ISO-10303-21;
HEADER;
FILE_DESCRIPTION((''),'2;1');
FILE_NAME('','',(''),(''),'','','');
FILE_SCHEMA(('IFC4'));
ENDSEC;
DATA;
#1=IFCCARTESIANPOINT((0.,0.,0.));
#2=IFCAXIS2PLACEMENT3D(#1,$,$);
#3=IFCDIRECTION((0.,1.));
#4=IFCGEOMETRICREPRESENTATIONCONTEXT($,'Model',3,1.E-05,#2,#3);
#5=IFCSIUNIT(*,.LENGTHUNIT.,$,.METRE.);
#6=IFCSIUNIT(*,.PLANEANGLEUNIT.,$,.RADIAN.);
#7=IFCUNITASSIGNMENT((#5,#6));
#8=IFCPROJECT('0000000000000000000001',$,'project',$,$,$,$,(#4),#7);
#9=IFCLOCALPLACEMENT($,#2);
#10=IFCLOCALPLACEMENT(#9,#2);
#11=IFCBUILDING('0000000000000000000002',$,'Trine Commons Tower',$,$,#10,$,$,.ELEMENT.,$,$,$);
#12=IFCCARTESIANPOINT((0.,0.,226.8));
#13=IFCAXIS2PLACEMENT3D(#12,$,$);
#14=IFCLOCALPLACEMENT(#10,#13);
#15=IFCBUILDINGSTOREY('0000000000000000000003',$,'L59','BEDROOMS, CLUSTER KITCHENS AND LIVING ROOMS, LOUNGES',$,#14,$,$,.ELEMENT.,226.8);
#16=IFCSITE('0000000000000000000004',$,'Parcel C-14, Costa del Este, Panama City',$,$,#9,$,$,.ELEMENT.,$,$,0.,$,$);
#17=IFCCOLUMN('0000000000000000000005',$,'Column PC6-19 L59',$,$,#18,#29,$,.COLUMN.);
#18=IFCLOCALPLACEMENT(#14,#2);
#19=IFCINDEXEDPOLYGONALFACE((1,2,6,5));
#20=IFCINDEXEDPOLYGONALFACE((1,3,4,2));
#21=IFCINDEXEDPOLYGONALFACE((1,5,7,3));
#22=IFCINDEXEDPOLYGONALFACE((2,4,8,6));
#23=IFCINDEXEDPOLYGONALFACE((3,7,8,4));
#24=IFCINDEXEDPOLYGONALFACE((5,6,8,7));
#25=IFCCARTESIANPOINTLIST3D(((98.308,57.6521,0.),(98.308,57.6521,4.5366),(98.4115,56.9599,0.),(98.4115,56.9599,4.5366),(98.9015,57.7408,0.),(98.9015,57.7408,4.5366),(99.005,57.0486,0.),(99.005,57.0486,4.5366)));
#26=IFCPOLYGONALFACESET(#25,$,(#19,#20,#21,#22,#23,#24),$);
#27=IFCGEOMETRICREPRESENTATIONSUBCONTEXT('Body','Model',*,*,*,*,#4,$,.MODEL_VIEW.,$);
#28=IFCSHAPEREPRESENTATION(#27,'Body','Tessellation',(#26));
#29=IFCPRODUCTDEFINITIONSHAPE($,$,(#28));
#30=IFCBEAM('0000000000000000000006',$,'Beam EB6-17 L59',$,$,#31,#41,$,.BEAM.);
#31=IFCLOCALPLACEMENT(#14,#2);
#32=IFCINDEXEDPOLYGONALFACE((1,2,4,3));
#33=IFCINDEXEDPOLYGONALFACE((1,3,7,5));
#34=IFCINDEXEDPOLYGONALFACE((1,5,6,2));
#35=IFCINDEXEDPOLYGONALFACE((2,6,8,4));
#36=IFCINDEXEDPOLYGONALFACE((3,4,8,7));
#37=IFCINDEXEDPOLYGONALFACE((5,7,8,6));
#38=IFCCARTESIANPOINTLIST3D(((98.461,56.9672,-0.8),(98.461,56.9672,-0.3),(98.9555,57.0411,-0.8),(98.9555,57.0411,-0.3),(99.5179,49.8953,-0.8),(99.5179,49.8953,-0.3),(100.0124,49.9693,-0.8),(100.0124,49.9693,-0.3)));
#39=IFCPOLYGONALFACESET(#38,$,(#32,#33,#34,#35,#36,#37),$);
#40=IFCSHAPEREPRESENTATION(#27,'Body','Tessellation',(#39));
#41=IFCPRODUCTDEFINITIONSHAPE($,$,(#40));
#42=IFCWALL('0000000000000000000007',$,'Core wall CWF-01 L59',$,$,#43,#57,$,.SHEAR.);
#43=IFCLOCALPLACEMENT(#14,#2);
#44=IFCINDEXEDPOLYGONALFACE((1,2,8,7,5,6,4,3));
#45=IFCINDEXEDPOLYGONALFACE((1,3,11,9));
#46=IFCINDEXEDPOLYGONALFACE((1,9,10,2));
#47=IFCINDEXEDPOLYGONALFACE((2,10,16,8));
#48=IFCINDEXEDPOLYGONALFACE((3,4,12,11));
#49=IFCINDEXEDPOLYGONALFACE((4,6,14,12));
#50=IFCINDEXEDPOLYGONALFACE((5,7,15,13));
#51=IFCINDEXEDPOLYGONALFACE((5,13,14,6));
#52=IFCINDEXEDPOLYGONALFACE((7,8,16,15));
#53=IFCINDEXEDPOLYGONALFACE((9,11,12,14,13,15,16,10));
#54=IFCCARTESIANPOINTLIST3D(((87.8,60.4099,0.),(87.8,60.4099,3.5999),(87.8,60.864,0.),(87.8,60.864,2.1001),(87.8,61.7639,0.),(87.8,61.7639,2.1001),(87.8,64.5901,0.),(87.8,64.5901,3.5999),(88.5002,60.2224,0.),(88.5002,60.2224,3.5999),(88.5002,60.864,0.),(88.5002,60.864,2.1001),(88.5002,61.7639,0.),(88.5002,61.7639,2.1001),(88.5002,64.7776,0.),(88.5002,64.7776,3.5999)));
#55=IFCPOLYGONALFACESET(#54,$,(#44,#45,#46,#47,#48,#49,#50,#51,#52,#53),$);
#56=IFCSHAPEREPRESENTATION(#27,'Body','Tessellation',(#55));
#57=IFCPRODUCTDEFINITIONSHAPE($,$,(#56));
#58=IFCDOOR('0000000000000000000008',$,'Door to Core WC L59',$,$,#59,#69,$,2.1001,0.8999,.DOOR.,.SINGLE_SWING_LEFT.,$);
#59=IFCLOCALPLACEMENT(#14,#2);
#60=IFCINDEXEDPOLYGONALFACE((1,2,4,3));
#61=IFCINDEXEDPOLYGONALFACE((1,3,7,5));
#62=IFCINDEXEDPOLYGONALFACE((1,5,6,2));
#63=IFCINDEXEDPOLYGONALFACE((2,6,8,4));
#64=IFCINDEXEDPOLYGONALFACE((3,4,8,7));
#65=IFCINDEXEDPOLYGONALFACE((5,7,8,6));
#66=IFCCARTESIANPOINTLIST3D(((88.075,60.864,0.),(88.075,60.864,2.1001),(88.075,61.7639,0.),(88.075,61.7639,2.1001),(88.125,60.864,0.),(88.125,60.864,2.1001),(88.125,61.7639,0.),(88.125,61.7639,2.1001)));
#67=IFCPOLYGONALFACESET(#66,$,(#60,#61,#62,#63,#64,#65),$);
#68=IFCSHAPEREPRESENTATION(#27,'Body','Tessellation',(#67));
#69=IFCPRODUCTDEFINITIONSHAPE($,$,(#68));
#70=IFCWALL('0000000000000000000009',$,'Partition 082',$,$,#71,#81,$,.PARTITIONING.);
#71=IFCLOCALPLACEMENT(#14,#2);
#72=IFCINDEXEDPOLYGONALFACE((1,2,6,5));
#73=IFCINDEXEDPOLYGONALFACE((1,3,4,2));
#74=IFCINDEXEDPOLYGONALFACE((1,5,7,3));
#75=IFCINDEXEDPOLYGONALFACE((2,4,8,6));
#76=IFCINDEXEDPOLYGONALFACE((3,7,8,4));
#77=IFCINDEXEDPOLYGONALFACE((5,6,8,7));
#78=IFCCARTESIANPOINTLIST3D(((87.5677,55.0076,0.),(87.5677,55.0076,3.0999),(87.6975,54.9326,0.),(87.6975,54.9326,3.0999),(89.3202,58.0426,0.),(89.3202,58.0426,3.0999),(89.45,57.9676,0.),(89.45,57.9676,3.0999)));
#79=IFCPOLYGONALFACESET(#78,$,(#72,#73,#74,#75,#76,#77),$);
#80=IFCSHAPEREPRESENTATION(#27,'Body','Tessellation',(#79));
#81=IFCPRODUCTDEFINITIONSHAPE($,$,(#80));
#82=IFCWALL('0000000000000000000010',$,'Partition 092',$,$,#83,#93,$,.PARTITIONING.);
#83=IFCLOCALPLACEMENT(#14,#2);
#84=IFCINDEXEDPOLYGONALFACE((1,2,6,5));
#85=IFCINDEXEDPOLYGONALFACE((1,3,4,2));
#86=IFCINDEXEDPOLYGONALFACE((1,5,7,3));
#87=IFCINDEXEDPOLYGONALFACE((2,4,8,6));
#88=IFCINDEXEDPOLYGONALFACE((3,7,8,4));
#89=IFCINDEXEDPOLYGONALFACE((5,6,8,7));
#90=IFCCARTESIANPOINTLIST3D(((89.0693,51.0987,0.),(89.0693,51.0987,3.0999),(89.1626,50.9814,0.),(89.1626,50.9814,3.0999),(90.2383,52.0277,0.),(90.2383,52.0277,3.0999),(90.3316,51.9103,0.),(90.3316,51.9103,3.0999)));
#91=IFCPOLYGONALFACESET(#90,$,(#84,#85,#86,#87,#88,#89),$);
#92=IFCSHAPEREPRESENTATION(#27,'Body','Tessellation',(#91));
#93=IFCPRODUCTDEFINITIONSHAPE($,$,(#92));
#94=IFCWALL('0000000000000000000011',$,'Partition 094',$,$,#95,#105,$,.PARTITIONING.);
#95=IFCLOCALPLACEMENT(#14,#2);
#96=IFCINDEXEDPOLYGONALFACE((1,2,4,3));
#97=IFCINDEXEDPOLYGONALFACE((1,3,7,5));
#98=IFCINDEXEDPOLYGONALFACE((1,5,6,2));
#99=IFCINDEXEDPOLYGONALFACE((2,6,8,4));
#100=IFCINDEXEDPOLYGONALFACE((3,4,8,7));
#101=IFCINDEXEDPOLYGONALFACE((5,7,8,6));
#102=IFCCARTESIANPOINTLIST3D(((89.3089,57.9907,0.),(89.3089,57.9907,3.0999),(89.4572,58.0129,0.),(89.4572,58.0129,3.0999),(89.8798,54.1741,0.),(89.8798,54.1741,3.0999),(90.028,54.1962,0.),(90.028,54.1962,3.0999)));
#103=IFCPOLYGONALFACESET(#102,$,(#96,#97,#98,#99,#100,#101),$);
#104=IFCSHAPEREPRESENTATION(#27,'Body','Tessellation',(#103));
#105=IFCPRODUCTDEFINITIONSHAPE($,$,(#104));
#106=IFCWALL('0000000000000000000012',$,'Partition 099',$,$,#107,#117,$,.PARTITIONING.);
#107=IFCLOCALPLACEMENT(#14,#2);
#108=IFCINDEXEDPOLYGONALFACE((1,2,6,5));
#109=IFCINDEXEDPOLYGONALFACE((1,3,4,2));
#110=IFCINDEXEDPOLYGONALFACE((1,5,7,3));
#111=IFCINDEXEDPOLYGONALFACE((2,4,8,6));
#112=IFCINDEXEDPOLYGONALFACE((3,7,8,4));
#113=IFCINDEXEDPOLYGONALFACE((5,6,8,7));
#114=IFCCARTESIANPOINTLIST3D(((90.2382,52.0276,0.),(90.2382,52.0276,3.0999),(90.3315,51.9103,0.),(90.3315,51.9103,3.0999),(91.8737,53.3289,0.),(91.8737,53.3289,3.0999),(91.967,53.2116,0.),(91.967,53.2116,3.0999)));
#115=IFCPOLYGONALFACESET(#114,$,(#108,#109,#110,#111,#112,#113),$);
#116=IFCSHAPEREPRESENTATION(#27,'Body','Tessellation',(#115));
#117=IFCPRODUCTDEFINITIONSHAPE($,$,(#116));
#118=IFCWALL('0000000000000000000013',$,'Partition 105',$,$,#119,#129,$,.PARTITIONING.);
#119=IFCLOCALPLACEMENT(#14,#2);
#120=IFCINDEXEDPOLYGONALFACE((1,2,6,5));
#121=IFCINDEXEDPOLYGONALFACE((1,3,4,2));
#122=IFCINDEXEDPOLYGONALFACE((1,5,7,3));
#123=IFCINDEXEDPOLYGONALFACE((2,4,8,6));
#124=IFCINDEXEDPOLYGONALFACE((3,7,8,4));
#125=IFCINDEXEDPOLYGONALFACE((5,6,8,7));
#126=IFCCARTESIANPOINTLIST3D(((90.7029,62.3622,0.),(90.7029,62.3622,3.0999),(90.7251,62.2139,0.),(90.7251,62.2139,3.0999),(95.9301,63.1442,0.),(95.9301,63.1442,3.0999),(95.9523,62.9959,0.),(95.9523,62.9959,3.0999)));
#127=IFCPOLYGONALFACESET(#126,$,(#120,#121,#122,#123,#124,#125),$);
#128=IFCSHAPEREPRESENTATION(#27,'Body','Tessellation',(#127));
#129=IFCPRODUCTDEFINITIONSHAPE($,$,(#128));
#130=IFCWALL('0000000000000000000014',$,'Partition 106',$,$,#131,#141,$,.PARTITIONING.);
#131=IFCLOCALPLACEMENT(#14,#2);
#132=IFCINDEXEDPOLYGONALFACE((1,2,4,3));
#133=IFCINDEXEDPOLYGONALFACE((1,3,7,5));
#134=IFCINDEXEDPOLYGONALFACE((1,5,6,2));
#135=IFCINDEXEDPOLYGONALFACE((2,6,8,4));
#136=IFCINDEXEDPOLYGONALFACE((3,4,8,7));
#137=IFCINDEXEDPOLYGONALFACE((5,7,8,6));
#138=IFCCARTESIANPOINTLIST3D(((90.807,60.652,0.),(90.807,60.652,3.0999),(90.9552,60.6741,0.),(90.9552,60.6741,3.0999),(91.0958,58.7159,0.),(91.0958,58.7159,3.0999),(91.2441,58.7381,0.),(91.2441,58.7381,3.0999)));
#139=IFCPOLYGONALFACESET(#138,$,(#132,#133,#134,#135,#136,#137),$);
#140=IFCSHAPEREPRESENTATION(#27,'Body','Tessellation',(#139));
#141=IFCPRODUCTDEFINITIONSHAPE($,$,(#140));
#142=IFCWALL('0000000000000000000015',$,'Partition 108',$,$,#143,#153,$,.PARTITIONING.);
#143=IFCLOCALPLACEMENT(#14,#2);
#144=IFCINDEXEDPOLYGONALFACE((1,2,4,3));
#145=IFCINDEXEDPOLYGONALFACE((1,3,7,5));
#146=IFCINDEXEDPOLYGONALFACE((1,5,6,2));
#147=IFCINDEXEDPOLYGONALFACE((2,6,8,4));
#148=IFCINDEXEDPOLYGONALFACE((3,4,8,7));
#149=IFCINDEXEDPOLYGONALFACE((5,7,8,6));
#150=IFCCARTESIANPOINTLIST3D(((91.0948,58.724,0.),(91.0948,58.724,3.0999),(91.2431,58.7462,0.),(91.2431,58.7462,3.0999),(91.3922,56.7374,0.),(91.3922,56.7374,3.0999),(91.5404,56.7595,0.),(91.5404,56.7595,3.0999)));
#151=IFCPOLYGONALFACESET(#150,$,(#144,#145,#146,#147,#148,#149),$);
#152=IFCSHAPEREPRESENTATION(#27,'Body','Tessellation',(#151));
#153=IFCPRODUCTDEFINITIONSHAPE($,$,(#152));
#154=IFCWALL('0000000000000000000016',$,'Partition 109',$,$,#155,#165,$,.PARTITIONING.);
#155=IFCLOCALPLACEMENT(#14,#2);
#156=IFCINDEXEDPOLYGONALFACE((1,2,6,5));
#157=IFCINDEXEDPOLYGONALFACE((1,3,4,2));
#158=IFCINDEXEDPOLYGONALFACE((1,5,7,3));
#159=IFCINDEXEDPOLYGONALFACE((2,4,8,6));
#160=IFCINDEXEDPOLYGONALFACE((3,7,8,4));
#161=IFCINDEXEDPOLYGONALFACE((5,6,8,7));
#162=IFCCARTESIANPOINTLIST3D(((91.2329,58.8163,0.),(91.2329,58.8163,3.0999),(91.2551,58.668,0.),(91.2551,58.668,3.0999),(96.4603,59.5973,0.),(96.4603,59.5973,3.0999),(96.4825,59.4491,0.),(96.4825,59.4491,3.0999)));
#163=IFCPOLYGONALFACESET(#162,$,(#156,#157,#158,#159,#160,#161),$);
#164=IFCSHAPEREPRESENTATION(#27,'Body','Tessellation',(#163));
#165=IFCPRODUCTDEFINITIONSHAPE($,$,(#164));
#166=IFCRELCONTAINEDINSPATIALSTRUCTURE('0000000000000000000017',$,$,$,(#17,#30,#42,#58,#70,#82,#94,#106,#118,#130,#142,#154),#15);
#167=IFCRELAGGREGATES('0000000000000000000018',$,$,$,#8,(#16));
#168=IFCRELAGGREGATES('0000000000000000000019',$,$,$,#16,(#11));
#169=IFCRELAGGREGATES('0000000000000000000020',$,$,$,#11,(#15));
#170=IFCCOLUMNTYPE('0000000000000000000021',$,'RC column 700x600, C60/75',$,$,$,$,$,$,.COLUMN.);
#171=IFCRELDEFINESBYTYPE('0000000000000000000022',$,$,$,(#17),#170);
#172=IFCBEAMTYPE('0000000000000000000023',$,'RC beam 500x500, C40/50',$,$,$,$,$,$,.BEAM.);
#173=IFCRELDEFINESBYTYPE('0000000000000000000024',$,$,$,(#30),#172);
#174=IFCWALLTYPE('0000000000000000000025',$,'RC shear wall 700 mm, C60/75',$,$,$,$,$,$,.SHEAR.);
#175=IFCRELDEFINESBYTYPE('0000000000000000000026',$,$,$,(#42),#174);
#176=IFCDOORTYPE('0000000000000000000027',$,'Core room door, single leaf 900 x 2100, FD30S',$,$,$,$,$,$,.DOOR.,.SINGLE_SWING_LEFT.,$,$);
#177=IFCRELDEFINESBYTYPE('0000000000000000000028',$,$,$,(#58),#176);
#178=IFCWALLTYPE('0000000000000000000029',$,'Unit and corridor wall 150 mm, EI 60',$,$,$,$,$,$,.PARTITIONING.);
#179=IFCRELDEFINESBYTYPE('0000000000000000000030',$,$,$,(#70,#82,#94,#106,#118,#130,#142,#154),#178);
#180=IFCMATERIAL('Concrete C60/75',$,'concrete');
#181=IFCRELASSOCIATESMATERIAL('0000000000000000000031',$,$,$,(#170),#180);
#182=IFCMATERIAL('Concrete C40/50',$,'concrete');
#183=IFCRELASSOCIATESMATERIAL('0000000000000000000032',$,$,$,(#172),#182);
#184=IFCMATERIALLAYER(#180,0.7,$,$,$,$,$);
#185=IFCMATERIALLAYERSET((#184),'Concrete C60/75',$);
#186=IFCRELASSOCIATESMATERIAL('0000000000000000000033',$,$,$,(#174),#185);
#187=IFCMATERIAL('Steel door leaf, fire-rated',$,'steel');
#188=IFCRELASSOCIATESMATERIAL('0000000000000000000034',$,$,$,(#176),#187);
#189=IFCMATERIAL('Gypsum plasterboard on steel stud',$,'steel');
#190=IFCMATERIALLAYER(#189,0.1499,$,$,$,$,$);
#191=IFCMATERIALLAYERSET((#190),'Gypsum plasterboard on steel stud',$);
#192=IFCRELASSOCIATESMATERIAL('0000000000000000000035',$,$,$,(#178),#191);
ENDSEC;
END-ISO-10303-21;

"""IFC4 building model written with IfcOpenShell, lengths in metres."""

from ifc_helpers import new_model, si_unit, direction, frame, frame_2d, origin, origin_2d, place, context, subcontext, project, spatial, polyline, rectangle, outline, extrude, material, layer, layer_set, material_profile, profile_set, type_object, element, fill, save


model = new_model("IFC4")

# Units and contexts
model_context = context("Model", 3, precision=1e-05, world=origin(), true_north=direction((0.0, 1.0)))
body_context = subcontext(model_context, "Body", "Model", "MODEL_VIEW")
ifc_project = project(units=[si_unit("LENGTHUNIT", "METRE"), si_unit("PLANEANGLEUNIT", "RADIAN")], contexts=[model_context])

# Site, building, storey
site_placement = place(None, origin())
site = spatial("IfcSite", under=ifc_project, at=site_placement, Name="Parcel C-14, Costa del Este, Panama City", CompositionType="ELEMENT", RefElevation=0.0)
building_placement = place(site_placement, origin())
building = spatial("IfcBuilding", under=site, at=building_placement, Name="Trine Commons Tower", CompositionType="ELEMENT")
storey_placement = place(building_placement, frame((0.0, 0.0, 226.8)))
storey = spatial("IfcBuildingStorey", under=building, at=storey_placement, Name="L59", Description="BEDROOMS, CLUSTER KITCHENS AND LIVING ROOMS, LOUNGES", CompositionType="ELEMENT", Elevation=226.8)

# Column
ifc_material_1 = material(Name="Concrete C60/75", Category="concrete")
ifc_material_profile_1 = material_profile(ifc_material_1, rectangle(XDim=0.7, YDim=0.6001, at=origin_2d()), Name="RC 700x600")
ifc_profile_set_1 = profile_set([ifc_material_profile_1], Name="Concrete C60/75")
column_type = type_object("IfcColumnType", Name="RC column 700x600, C60/75", PredefinedType="COLUMN", material=ifc_profile_set_1)
column_placement = place(storey_placement, frame((98.6565, 57.3503, 0.0), z_axis=(0.0, 0.0, 1.0), x_axis=(-0.147809, 0.989016, 0.0)))
element("IfcColumn", 1, at=column_placement, inside=storey, type_object=column_type, Name="Column PC6-19 L59", PredefinedType="COLUMN", context=body_context, shape_type="SweptSolid", body=[
    extrude(rectangle(XDim=0.7, YDim=0.6001, at=origin_2d()), origin(), (0.0, 0.0, 1.0), 4.5366),
])

# Beam
ifc_material_2 = material(Name="Concrete C40/50", Category="concrete")
ifc_material_profile_2 = material_profile(ifc_material_2, rectangle(XDim=0.5, YDim=0.5, at=origin_2d()), Name="RC 500x500")
ifc_profile_set_2 = profile_set([ifc_material_profile_2], Name="Concrete C40/50")
beam_type = type_object("IfcBeamType", Name="RC beam 500x500, C40/50", PredefinedType="BEAM", material=ifc_profile_set_2)
beam_placement = place(storey_placement, frame((98.7083, 57.0042, -0.55), z_axis=(0.147809, -0.989016, 0.0), x_axis=(0.989016, 0.147809, 0.0)))
element("IfcBeam", 2, at=beam_placement, inside=storey, type_object=beam_type, Name="Beam EB6-17 L59", PredefinedType="BEAM", context=body_context, shape_type="SweptSolid", body=[
    extrude(rectangle(XDim=0.5, YDim=0.5, at=origin_2d()), origin(), (0.0, 0.0, 1.0), 7.1504),
])

# Wall, opening, door
ifc_layer_1 = layer(ifc_material_1, 0.7)
ifc_layer_set_1 = layer_set([ifc_layer_1], Name="Concrete C60/75")
wall_type_1 = type_object("IfcWallType", Name="RC shear wall 700 mm, C60/75", PredefinedType="SHEAR", material=ifc_layer_set_1)
wall_1_placement = place(storey_placement, frame((88.1501, 60.2224, 0.0), z_axis=(0.0, 0.0, 1.0), x_axis=(0.0, 1.0, 0.0)))
wall_1 = element("IfcWall", 3, at=wall_1_placement, inside=storey, type_object=wall_type_1, Name="Core wall CWF-01 L59", PredefinedType="SHEAR", context=body_context, shape_type="SweptSolid", body=[
    extrude(outline(polyline([(0.0, -0.3501), (4.5552, -0.3501), (4.3677, 0.3501), (0.1875, 0.3501), (0.0, -0.3501)])), origin(), (0.0, 0.0, 1.0), 3.5999),
])
opening_1_placement = place(wall_1_placement, frame((0.6416, 0.0, 0.0)))
opening_1 = element("IfcOpeningElement", 4, at=opening_1_placement, cuts=wall_1, PredefinedType="OPENING", context=body_context, shape_type="SweptSolid", body=[
    extrude(rectangle(XDim=0.8999, YDim=2.1001, at=frame_2d((0.45, 1.05))), frame((0.0, 0.3599, 0.0), z_axis=(0.0, -1.0, 0.0), x_axis=(1.0, 0.0, 0.0)), (0.0, 0.0, 1.0), 0.72),
])
ifc_material_3 = material(Name="Steel door leaf, fire-rated", Category="steel")
door_type_1 = type_object("IfcDoorType", Name="Core room door, single leaf 900 x 2100, FD30S", OperationType="SINGLE_SWING_LEFT", PredefinedType="DOOR", material=ifc_material_3)
door_1_placement = place(opening_1_placement, origin())
door_1 = element("IfcDoor", 5, at=door_1_placement, inside=storey, type_object=door_type_1, Name="Door to Core WC L59", OperationType="SINGLE_SWING_LEFT", OverallHeight=2.1001, OverallWidth=0.8999, PredefinedType="DOOR", context=body_context, shape_type="SweptSolid", body=[
    extrude(rectangle(XDim=0.8999, YDim=2.1001, at=frame_2d((0.45, 1.05))), frame((0.0, 0.0752, 0.0), z_axis=(0.0, -1.0, 0.0), x_axis=(1.0, 0.0, 0.0)), (0.0, 0.0, 1.0), 0.05),
])
fill(opening_1, door_1)

# Walls
ifc_material_4 = material(Name="Gypsum plasterboard on steel stud", Category="steel")
ifc_layer_2 = layer(ifc_material_4, 0.1499)
ifc_layer_set_2 = layer_set([ifc_layer_2], Name="Gypsum plasterboard on steel stud")
wall_type_2 = type_object("IfcWallType", Name="Unit and corridor wall 150 mm, EI 60", PredefinedType="PARTITIONING", material=ifc_layer_set_2)
wall_2_placement = place(storey_placement, frame((87.6326, 54.97, 0.0), z_axis=(0.0, 0.0, 1.0), x_axis=(0.50005, 0.865996, 0.0)))
element("IfcWall", 6, at=wall_2_placement, inside=storey, type_object=wall_type_2, Name="Partition 082", PredefinedType="PARTITIONING", context=body_context, shape_type="SweptSolid", body=[
    extrude(rectangle(XDim=3.5046, YDim=0.1499, at=frame_2d((1.7524, 0.0))), origin(), (0.0, 0.0, 1.0), 3.0999),
])
wall_3_placement = place(storey_placement, frame((89.116, 51.04, 0.0), z_axis=(0.0, 0.0, 1.0), x_axis=(0.782891, 0.622159, 0.0)))
element("IfcWall", 7, at=wall_3_placement, inside=storey, type_object=wall_type_2, Name="Partition 092", PredefinedType="PARTITIONING", context=body_context, shape_type="SweptSolid", body=[
    extrude(rectangle(XDim=1.4932, YDim=0.1499, at=frame_2d((0.7466, 0.0))), origin(), (0.0, 0.0, 1.0), 3.0999),
])
wall_4_placement = place(storey_placement, frame((89.3831, 58.002, 0.0), z_axis=(0.0, 0.0, 1.0), x_axis=(0.14791, -0.989001, 0.0)))
element("IfcWall", 8, at=wall_4_placement, inside=storey, type_object=wall_type_2, Name="Partition 094", PredefinedType="PARTITIONING", context=body_context, shape_type="SweptSolid", body=[
    extrude(rectangle(XDim=3.8591, YDim=0.1499, at=frame_2d((1.9297, 0.0))), origin(), (0.0, 0.0, 1.0), 3.0999),
])
wall_5_placement = place(storey_placement, frame((90.2849, 51.969, 0.0), z_axis=(0.0, 0.0, 1.0), x_axis=(0.78253, 0.622613, 0.0)))
element("IfcWall", 9, at=wall_5_placement, inside=storey, type_object=wall_type_2, Name="Partition 099", PredefinedType="PARTITIONING", context=body_context, shape_type="SweptSolid", body=[
    extrude(rectangle(XDim=2.0901, YDim=0.1499, at=frame_2d((1.0449, 0.0))), origin(), (0.0, 0.0, 1.0), 3.0999),
])
wall_6_placement = place(storey_placement, frame((90.7141, 62.2881, 0.0), z_axis=(0.0, 0.0, 1.0), x_axis=(0.988995, 0.14795, 0.0)))
element("IfcWall", 10, at=wall_6_placement, inside=storey, type_object=wall_type_2, Name="Partition 105", PredefinedType="PARTITIONING", context=body_context, shape_type="SweptSolid", body=[
    extrude(rectangle(XDim=5.2854, YDim=0.1499, at=frame_2d((2.6426, 0.0))), origin(), (0.0, 0.0, 1.0), 3.0999),
])
wall_7_placement = place(storey_placement, frame((90.8811, 60.6631, 0.0), z_axis=(0.0, 0.0, 1.0), x_axis=(0.147548, -0.989055, 0.0)))
element("IfcWall", 11, at=wall_7_placement, inside=storey, type_object=wall_type_2, Name="Partition 106", PredefinedType="PARTITIONING", context=body_context, shape_type="SweptSolid", body=[
    extrude(rectangle(XDim=1.9575, YDim=0.1499, at=frame_2d((0.9788, 0.0))), origin(), (0.0, 0.0, 1.0), 3.0999),
])
wall_8_placement = place(storey_placement, frame((91.1689, 58.7351, 0.0), z_axis=(0.0, 0.0, 1.0), x_axis=(0.148037, -0.988982, 0.0)))
element("IfcWall", 12, at=wall_8_placement, inside=storey, type_object=wall_type_2, Name="Partition 108", PredefinedType="PARTITIONING", context=body_context, shape_type="SweptSolid", body=[
    extrude(rectangle(XDim=2.0088, YDim=0.1499, at=frame_2d((1.0044, 0.0))), origin(), (0.0, 0.0, 1.0), 3.0999),
])
wall_9_placement = place(storey_placement, frame((91.2441, 58.7422, 0.0), z_axis=(0.0, 0.0, 1.0), x_axis=(0.989022, 0.147769, 0.0)))
element("IfcWall", 13, at=wall_9_placement, inside=storey, type_object=wall_type_2, Name="Partition 109", PredefinedType="PARTITIONING", context=body_context, shape_type="SweptSolid", body=[
    extrude(rectangle(XDim=5.2854, YDim=0.1499, at=frame_2d((2.6426, 0.0))), origin(), (0.0, 0.0, 1.0), 3.0999),
])

save(model, "model.ifc")
